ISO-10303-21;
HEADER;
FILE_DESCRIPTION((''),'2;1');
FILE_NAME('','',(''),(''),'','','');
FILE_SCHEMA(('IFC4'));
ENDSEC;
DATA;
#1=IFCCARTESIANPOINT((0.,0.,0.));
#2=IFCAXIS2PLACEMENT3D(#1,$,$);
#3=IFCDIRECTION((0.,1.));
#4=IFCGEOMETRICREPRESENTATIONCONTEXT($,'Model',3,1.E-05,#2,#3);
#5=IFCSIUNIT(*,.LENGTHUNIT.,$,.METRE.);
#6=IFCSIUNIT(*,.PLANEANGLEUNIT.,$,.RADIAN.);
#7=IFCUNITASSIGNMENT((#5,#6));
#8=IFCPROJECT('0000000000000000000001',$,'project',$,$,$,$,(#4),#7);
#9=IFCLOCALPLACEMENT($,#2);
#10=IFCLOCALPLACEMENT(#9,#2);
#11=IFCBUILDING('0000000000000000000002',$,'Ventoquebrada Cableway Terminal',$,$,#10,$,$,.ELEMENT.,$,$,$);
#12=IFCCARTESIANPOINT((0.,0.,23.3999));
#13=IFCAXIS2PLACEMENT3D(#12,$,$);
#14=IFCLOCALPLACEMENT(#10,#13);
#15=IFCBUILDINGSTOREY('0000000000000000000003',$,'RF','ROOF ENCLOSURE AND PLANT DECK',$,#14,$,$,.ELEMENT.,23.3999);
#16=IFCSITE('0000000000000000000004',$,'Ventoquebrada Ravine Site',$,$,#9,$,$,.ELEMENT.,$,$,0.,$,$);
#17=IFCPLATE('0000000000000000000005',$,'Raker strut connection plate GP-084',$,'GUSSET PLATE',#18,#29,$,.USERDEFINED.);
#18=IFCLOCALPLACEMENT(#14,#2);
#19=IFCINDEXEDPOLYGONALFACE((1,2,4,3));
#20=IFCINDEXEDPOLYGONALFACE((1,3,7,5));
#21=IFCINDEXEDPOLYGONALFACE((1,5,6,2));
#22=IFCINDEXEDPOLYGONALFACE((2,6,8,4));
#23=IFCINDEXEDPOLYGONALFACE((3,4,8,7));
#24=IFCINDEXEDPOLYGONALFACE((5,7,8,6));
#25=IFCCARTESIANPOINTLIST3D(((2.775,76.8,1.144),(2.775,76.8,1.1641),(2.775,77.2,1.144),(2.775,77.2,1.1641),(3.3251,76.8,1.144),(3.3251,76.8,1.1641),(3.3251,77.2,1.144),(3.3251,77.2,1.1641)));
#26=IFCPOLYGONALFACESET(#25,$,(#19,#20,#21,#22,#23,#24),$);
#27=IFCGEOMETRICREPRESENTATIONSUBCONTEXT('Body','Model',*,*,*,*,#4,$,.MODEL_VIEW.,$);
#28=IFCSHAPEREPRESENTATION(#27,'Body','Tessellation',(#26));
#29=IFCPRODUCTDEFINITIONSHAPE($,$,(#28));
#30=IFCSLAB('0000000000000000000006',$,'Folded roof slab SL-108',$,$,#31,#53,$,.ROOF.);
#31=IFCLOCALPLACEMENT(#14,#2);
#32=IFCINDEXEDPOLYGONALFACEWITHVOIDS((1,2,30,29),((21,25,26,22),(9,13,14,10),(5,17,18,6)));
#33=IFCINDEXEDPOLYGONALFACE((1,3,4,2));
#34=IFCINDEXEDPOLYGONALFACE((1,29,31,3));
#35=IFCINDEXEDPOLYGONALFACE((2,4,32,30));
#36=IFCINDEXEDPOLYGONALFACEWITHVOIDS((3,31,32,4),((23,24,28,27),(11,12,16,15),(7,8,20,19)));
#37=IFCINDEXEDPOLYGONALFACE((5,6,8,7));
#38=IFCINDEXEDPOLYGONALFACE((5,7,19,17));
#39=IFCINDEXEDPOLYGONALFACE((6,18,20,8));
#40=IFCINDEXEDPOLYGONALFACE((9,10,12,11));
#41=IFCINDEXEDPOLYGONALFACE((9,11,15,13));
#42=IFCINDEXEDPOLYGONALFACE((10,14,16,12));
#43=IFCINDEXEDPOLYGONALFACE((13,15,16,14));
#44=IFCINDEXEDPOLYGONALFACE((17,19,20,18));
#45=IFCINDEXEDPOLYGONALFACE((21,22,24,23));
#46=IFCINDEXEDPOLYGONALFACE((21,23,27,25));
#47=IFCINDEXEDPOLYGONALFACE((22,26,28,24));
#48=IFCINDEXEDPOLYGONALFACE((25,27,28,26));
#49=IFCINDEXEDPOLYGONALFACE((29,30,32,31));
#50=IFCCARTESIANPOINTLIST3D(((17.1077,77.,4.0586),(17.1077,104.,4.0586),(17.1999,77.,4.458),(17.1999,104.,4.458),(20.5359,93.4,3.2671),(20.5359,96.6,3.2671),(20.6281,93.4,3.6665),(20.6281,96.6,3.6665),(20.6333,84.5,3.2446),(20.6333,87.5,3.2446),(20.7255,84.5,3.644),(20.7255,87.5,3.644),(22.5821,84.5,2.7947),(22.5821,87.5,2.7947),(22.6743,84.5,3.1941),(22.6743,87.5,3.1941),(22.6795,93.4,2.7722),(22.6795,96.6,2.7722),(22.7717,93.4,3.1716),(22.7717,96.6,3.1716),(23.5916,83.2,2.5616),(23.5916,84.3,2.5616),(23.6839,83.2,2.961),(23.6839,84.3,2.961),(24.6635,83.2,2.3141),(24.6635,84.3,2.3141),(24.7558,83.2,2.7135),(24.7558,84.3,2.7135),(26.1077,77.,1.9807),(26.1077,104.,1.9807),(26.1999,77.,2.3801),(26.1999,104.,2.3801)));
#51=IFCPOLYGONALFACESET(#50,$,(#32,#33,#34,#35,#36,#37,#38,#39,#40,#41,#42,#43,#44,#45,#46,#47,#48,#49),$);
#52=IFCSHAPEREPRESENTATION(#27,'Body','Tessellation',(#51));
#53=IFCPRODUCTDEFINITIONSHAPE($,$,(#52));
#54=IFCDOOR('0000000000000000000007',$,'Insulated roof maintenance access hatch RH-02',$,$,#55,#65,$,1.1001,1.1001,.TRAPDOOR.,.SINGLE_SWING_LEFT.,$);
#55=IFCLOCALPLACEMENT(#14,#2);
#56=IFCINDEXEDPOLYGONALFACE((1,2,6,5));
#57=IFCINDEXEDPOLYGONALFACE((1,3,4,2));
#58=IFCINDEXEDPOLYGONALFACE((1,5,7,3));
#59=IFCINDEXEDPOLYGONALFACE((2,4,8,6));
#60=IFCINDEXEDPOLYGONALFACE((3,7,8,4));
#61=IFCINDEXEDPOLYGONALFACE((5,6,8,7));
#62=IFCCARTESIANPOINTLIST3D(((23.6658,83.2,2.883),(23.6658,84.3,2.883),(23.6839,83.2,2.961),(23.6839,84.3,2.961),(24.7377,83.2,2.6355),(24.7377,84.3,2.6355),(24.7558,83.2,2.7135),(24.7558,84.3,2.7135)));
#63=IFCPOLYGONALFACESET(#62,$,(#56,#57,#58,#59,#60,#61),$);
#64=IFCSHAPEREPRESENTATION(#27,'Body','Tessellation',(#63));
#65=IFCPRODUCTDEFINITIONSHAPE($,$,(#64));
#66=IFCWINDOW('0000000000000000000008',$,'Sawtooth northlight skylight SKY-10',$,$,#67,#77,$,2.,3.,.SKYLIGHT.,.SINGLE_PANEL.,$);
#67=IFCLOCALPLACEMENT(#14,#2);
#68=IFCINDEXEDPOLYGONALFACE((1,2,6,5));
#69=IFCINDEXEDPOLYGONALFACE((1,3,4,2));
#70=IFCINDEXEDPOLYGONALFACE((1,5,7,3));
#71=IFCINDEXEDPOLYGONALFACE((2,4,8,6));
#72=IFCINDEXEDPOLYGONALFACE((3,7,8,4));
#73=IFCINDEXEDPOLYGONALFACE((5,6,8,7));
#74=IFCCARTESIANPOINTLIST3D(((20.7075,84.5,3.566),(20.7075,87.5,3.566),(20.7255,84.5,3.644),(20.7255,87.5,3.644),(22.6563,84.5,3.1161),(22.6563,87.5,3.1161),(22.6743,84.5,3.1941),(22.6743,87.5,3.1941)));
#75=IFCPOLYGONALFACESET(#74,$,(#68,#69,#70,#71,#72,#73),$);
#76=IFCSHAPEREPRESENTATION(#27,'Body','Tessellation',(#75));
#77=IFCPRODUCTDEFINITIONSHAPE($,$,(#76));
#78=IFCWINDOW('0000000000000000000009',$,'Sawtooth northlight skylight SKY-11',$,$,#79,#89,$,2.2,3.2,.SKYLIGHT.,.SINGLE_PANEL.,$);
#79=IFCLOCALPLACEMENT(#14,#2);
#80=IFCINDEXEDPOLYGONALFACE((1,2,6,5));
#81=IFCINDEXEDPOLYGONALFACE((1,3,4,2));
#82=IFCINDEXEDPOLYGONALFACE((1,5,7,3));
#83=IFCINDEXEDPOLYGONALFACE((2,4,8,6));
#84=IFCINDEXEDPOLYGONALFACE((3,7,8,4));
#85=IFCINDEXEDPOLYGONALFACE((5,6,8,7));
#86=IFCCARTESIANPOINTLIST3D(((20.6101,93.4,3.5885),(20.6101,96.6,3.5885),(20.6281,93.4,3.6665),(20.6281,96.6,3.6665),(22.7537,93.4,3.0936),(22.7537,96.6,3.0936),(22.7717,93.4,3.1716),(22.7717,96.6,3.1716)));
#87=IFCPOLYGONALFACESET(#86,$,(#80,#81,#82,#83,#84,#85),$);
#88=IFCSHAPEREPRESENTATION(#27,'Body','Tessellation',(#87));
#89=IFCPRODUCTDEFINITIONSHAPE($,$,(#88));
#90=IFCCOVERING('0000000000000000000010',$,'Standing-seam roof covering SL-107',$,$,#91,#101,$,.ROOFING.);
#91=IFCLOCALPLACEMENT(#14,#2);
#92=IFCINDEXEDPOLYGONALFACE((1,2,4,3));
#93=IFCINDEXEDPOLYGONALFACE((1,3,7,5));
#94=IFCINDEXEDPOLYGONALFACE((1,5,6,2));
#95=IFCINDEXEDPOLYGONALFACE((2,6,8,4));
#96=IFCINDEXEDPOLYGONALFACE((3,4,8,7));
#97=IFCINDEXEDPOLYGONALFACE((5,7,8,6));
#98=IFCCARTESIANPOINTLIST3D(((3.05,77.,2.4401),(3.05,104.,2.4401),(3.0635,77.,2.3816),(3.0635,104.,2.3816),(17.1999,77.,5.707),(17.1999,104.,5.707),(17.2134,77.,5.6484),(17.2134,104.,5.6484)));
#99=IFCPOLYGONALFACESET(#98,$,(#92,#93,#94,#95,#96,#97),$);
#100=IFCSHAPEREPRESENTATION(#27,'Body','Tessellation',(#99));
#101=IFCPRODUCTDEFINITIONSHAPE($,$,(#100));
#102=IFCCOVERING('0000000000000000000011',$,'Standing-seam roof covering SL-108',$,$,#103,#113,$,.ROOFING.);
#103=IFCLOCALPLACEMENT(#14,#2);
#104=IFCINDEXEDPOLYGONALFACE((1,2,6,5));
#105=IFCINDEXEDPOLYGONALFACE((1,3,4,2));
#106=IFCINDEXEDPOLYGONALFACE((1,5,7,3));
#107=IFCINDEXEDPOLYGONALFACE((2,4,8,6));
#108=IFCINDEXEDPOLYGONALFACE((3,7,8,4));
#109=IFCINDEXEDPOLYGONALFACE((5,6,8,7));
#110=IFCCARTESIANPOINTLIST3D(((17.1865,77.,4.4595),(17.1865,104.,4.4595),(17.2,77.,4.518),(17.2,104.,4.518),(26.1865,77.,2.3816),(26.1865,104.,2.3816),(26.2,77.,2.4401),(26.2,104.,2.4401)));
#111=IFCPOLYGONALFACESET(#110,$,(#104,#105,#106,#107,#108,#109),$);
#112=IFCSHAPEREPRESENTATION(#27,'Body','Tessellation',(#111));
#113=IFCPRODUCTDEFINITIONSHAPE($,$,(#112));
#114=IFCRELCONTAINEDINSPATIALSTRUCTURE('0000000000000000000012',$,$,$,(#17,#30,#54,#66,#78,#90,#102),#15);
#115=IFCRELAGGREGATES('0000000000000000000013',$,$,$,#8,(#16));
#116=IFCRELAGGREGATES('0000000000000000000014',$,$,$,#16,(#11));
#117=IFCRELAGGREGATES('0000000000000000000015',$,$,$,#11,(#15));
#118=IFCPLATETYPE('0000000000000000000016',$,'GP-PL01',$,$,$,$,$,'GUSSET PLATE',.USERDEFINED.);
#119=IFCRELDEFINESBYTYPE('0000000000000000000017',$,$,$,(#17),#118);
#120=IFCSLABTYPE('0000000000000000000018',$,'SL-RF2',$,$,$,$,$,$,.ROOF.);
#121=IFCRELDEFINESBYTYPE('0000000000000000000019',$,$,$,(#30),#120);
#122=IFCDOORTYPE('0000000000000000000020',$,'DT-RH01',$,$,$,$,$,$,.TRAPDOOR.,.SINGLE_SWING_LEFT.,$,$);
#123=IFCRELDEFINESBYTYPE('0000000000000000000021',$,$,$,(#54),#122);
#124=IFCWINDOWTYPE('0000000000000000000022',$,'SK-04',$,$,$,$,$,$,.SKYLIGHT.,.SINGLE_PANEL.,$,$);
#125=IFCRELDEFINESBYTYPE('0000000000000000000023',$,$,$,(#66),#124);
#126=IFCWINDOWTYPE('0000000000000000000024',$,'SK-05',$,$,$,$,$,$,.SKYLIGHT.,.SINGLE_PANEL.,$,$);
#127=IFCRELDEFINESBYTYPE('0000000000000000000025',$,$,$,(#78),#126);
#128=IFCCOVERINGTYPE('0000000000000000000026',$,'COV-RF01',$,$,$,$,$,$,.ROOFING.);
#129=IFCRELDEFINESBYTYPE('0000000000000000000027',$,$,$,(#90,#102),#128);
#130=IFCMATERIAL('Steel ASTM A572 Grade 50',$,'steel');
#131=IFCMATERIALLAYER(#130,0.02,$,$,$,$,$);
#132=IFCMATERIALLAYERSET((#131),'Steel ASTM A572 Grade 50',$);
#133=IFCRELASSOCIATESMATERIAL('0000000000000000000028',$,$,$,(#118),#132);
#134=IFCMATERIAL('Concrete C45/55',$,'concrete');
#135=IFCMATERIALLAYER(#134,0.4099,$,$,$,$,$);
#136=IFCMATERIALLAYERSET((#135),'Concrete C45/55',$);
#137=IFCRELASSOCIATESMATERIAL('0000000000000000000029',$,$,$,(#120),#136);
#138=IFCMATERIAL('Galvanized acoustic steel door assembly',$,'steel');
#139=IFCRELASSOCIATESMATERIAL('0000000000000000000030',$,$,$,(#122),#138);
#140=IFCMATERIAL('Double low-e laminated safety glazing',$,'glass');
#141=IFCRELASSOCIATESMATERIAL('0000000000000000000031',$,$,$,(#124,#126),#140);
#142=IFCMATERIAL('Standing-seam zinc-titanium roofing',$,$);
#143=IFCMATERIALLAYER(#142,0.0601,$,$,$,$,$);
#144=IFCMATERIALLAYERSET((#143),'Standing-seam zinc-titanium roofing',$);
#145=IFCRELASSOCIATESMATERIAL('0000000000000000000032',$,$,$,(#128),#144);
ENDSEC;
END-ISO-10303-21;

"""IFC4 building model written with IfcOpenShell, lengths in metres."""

from ifc_helpers import new_model, si_unit, direction, frame, origin, origin_2d, place, context, subcontext, project, spatial, polyline, rectangle, outline, extrude, material, layer, layer_set, type_object, element, fill, save


model = new_model("IFC4")

# Units and contexts
model_context = context("Model", 3, precision=1e-05, world=origin(), true_north=direction((0.0, 1.0)))
body_context = subcontext(model_context, "Body", "Model", "MODEL_VIEW")
ifc_project = project(units=[si_unit("LENGTHUNIT", "METRE"), si_unit("PLANEANGLEUNIT", "RADIAN")], contexts=[model_context])

# Site, building, storey
site_placement = place(None, origin())
site = spatial("IfcSite", under=ifc_project, at=site_placement, Name="Ventoquebrada Ravine Site", CompositionType="ELEMENT", RefElevation=0.0)
building_placement = place(site_placement, origin())
building = spatial("IfcBuilding", under=site, at=building_placement, Name="Ventoquebrada Cableway Terminal", CompositionType="ELEMENT")
storey_placement = place(building_placement, frame((0.0, 0.0, 23.3999)))
storey = spatial("IfcBuildingStorey", under=building, at=storey_placement, Name="RF", Description="ROOF ENCLOSURE AND PLANT DECK", CompositionType="ELEMENT", Elevation=23.3999)

# Plate
ifc_material_1 = material(Name="Double low-e laminated safety glazing", Category="glass")
ifc_material_2 = material(Name="Steel ASTM A572 Grade 50", Category="steel")
ifc_layer_1 = layer(ifc_material_2, 0.02)
ifc_layer_set_1 = layer_set([ifc_layer_1], Name="Steel ASTM A572 Grade 50")
plate_type_1 = type_object("IfcPlateType", Name="GP-PL01", ElementType="GUSSET PLATE", PredefinedType="USERDEFINED", material=ifc_layer_set_1)
plate_1_placement = place(storey_placement, frame((3.05, 77.0, 1.144), z_axis=(0.0, 0.0, 1.0), x_axis=(1.0, 0.0, 0.0)))
element("IfcPlate", 1, at=plate_1_placement, inside=storey, type_object=plate_type_1, Name="Raker strut connection plate GP-084", ObjectType="GUSSET PLATE", PredefinedType="USERDEFINED", context=body_context, shape_type="SweptSolid", body=[
    extrude(rectangle(XDim=0.55, YDim=0.3999, at=origin_2d()), origin(), (0.0, 0.0, 1.0), 0.02),
])

# Slab, openings, door, windows
ifc_material_3 = material(Name="Concrete C45/55", Category="concrete")
ifc_layer_2 = layer(ifc_material_3, 0.4099)
ifc_layer_set_2 = layer_set([ifc_layer_2], Name="Concrete C45/55")
slab_type = type_object("IfcSlabType", Name="SL-RF2", PredefinedType="ROOF", material=ifc_layer_set_2)
ifc_material_4 = material(Name="Galvanized acoustic steel door assembly", Category="steel")
door_type = type_object("IfcDoorType", Name="DT-RH01", OperationType="SINGLE_SWING_LEFT", PredefinedType="TRAPDOOR", material=ifc_material_4)
slab_1_placement = place(storey_placement, frame((17.1077, 77.0, 4.0586), z_axis=(0.224958, 0.0, 0.974368), x_axis=(0.974368, 0.0, -0.224958)))
slab_1 = element("IfcSlab", 2, at=slab_1_placement, inside=storey, type_object=slab_type, Name="Folded roof slab SL-108", PredefinedType="ROOF", context=body_context, shape_type="SweptSolid", body=[
    extrude(outline(polyline([(0.0, 0.0), (9.2368, 0.0), (9.2368, 27.0), (0.0, 27.0), (0.0, 0.0)])), origin(), (0.0, 0.0, 1.0), 0.4099),
])
opening_1_placement = place(slab_1_placement, frame((4.6184, 9.0, -0.01), z_axis=(0.0, 0.0, 1.0), x_axis=(0.0, 1.0, 0.0)))
opening_1 = element("IfcOpeningElement", 3, at=opening_1_placement, cuts=slab_1, PredefinedType="OPENING", context=body_context, shape_type="SweptSolid", body=[
    extrude(rectangle(XDim=3.0, YDim=2.0, at=origin_2d()), origin(), (0.0, 0.0, 1.0), 0.4299),
])
opening_2_placement = place(slab_1_placement, frame((4.6184, 18.0, -0.01), z_axis=(0.0, 0.0, 1.0), x_axis=(0.0, 1.0, 0.0)))
opening_2 = element("IfcOpeningElement", 4, at=opening_2_placement, cuts=slab_1, PredefinedType="OPENING", context=body_context, shape_type="SweptSolid", body=[
    extrude(rectangle(XDim=3.2, YDim=2.2, at=origin_2d()), origin(), (0.0, 0.0, 1.0), 0.4299),
])
opening_3_placement = place(slab_1_placement, frame((7.2046, 6.75, -0.01), z_axis=(0.0, 0.0, 1.0), x_axis=(0.0, 1.0, 0.0)))
opening_3 = element("IfcOpeningElement", 5, at=opening_3_placement, cuts=slab_1, PredefinedType="OPENING", context=body_context, shape_type="SweptSolid", body=[
    extrude(rectangle(XDim=1.1001, YDim=1.1001, at=origin_2d()), origin(), (0.0, 0.0, 1.0), 0.4299),
])
door_1_placement = place(opening_3_placement, frame((0.0, 0.0, 0.3398)))
door_1 = element("IfcDoor", 6, at=door_1_placement, inside=storey, type_object=door_type, Name="Insulated roof maintenance access hatch RH-02", OperationType="SINGLE_SWING_LEFT", OverallHeight=1.1001, OverallWidth=1.1001, PredefinedType="TRAPDOOR", context=body_context, shape_type="SweptSolid", body=[
    extrude(rectangle(XDim=1.1001, YDim=1.1001, at=origin_2d()), origin(), (0.0, 0.0, 1.0), 0.0801),
])
fill(opening_3, door_1)
window_type_1 = type_object("IfcWindowType", Name="SK-04", PartitioningType="SINGLE_PANEL", PredefinedType="SKYLIGHT", material=ifc_material_1)
window_1_placement = place(opening_1_placement, frame((0.0, 0.0, 0.3398)))
window_1 = element("IfcWindow", 7, at=window_1_placement, inside=storey, type_object=window_type_1, Name="Sawtooth northlight skylight SKY-10", OverallHeight=2.0, OverallWidth=3.0, PartitioningType="SINGLE_PANEL", PredefinedType="SKYLIGHT", context=body_context, shape_type="SweptSolid", body=[
    extrude(rectangle(XDim=3.0, YDim=2.0, at=origin_2d()), origin(), (0.0, 0.0, 1.0), 0.0801),
])
fill(opening_1, window_1)
window_type_2 = type_object("IfcWindowType", Name="SK-05", PartitioningType="SINGLE_PANEL", PredefinedType="SKYLIGHT", material=ifc_material_1)
window_2_placement = place(opening_2_placement, frame((0.0, 0.0, 0.3398)))
window_2 = element("IfcWindow", 8, at=window_2_placement, inside=storey, type_object=window_type_2, Name="Sawtooth northlight skylight SKY-11", OverallHeight=2.2, OverallWidth=3.2, PartitioningType="SINGLE_PANEL", PredefinedType="SKYLIGHT", context=body_context, shape_type="SweptSolid", body=[
    extrude(rectangle(XDim=3.2, YDim=2.2, at=origin_2d()), origin(), (0.0, 0.0, 1.0), 0.0801),
])
fill(opening_2, window_2)

# Coverings
ifc_material_5 = material(Name="Standing-seam zinc-titanium roofing")
ifc_layer_3 = layer(ifc_material_5, 0.0601)
ifc_layer_set_3 = layer_set([ifc_layer_3], Name="Standing-seam zinc-titanium roofing")
covering_type = type_object("IfcCoveringType", Name="COV-RF01", PredefinedType="ROOFING", material=ifc_layer_set_3)
covering_1_placement = place(storey_placement, frame((3.0635, 77.0, 2.3816), z_axis=(-0.224957, 0.0, 0.974369), x_axis=(0.974369, 0.0, 0.224957)))
element("IfcCovering", 9, at=covering_1_placement, inside=storey, type_object=covering_type, Name="Standing-seam roof covering SL-107", PredefinedType="ROOFING", context=body_context, shape_type="SweptSolid", body=[
    extrude(outline(polyline([(0.0, 0.0), (14.5221, 0.0), (14.5221, 27.0), (0.0, 27.0), (0.0, 0.0)])), origin(), (0.0, 0.0, 1.0), 0.0601),
])
covering_2_placement = place(storey_placement, frame((17.1865, 77.0, 4.4595), z_axis=(0.224958, 0.0, 0.974368), x_axis=(0.974368, 0.0, -0.224958)))
element("IfcCovering", 10, at=covering_2_placement, inside=storey, type_object=covering_type, Name="Standing-seam roof covering SL-108", PredefinedType="ROOFING", context=body_context, shape_type="SweptSolid", body=[
    extrude(outline(polyline([(0.0, 0.0), (9.2368, 0.0), (9.2368, 27.0), (0.0, 27.0), (0.0, 0.0)])), origin(), (0.0, 0.0, 1.0), 0.0601),
])

save(model, "model.ifc")
